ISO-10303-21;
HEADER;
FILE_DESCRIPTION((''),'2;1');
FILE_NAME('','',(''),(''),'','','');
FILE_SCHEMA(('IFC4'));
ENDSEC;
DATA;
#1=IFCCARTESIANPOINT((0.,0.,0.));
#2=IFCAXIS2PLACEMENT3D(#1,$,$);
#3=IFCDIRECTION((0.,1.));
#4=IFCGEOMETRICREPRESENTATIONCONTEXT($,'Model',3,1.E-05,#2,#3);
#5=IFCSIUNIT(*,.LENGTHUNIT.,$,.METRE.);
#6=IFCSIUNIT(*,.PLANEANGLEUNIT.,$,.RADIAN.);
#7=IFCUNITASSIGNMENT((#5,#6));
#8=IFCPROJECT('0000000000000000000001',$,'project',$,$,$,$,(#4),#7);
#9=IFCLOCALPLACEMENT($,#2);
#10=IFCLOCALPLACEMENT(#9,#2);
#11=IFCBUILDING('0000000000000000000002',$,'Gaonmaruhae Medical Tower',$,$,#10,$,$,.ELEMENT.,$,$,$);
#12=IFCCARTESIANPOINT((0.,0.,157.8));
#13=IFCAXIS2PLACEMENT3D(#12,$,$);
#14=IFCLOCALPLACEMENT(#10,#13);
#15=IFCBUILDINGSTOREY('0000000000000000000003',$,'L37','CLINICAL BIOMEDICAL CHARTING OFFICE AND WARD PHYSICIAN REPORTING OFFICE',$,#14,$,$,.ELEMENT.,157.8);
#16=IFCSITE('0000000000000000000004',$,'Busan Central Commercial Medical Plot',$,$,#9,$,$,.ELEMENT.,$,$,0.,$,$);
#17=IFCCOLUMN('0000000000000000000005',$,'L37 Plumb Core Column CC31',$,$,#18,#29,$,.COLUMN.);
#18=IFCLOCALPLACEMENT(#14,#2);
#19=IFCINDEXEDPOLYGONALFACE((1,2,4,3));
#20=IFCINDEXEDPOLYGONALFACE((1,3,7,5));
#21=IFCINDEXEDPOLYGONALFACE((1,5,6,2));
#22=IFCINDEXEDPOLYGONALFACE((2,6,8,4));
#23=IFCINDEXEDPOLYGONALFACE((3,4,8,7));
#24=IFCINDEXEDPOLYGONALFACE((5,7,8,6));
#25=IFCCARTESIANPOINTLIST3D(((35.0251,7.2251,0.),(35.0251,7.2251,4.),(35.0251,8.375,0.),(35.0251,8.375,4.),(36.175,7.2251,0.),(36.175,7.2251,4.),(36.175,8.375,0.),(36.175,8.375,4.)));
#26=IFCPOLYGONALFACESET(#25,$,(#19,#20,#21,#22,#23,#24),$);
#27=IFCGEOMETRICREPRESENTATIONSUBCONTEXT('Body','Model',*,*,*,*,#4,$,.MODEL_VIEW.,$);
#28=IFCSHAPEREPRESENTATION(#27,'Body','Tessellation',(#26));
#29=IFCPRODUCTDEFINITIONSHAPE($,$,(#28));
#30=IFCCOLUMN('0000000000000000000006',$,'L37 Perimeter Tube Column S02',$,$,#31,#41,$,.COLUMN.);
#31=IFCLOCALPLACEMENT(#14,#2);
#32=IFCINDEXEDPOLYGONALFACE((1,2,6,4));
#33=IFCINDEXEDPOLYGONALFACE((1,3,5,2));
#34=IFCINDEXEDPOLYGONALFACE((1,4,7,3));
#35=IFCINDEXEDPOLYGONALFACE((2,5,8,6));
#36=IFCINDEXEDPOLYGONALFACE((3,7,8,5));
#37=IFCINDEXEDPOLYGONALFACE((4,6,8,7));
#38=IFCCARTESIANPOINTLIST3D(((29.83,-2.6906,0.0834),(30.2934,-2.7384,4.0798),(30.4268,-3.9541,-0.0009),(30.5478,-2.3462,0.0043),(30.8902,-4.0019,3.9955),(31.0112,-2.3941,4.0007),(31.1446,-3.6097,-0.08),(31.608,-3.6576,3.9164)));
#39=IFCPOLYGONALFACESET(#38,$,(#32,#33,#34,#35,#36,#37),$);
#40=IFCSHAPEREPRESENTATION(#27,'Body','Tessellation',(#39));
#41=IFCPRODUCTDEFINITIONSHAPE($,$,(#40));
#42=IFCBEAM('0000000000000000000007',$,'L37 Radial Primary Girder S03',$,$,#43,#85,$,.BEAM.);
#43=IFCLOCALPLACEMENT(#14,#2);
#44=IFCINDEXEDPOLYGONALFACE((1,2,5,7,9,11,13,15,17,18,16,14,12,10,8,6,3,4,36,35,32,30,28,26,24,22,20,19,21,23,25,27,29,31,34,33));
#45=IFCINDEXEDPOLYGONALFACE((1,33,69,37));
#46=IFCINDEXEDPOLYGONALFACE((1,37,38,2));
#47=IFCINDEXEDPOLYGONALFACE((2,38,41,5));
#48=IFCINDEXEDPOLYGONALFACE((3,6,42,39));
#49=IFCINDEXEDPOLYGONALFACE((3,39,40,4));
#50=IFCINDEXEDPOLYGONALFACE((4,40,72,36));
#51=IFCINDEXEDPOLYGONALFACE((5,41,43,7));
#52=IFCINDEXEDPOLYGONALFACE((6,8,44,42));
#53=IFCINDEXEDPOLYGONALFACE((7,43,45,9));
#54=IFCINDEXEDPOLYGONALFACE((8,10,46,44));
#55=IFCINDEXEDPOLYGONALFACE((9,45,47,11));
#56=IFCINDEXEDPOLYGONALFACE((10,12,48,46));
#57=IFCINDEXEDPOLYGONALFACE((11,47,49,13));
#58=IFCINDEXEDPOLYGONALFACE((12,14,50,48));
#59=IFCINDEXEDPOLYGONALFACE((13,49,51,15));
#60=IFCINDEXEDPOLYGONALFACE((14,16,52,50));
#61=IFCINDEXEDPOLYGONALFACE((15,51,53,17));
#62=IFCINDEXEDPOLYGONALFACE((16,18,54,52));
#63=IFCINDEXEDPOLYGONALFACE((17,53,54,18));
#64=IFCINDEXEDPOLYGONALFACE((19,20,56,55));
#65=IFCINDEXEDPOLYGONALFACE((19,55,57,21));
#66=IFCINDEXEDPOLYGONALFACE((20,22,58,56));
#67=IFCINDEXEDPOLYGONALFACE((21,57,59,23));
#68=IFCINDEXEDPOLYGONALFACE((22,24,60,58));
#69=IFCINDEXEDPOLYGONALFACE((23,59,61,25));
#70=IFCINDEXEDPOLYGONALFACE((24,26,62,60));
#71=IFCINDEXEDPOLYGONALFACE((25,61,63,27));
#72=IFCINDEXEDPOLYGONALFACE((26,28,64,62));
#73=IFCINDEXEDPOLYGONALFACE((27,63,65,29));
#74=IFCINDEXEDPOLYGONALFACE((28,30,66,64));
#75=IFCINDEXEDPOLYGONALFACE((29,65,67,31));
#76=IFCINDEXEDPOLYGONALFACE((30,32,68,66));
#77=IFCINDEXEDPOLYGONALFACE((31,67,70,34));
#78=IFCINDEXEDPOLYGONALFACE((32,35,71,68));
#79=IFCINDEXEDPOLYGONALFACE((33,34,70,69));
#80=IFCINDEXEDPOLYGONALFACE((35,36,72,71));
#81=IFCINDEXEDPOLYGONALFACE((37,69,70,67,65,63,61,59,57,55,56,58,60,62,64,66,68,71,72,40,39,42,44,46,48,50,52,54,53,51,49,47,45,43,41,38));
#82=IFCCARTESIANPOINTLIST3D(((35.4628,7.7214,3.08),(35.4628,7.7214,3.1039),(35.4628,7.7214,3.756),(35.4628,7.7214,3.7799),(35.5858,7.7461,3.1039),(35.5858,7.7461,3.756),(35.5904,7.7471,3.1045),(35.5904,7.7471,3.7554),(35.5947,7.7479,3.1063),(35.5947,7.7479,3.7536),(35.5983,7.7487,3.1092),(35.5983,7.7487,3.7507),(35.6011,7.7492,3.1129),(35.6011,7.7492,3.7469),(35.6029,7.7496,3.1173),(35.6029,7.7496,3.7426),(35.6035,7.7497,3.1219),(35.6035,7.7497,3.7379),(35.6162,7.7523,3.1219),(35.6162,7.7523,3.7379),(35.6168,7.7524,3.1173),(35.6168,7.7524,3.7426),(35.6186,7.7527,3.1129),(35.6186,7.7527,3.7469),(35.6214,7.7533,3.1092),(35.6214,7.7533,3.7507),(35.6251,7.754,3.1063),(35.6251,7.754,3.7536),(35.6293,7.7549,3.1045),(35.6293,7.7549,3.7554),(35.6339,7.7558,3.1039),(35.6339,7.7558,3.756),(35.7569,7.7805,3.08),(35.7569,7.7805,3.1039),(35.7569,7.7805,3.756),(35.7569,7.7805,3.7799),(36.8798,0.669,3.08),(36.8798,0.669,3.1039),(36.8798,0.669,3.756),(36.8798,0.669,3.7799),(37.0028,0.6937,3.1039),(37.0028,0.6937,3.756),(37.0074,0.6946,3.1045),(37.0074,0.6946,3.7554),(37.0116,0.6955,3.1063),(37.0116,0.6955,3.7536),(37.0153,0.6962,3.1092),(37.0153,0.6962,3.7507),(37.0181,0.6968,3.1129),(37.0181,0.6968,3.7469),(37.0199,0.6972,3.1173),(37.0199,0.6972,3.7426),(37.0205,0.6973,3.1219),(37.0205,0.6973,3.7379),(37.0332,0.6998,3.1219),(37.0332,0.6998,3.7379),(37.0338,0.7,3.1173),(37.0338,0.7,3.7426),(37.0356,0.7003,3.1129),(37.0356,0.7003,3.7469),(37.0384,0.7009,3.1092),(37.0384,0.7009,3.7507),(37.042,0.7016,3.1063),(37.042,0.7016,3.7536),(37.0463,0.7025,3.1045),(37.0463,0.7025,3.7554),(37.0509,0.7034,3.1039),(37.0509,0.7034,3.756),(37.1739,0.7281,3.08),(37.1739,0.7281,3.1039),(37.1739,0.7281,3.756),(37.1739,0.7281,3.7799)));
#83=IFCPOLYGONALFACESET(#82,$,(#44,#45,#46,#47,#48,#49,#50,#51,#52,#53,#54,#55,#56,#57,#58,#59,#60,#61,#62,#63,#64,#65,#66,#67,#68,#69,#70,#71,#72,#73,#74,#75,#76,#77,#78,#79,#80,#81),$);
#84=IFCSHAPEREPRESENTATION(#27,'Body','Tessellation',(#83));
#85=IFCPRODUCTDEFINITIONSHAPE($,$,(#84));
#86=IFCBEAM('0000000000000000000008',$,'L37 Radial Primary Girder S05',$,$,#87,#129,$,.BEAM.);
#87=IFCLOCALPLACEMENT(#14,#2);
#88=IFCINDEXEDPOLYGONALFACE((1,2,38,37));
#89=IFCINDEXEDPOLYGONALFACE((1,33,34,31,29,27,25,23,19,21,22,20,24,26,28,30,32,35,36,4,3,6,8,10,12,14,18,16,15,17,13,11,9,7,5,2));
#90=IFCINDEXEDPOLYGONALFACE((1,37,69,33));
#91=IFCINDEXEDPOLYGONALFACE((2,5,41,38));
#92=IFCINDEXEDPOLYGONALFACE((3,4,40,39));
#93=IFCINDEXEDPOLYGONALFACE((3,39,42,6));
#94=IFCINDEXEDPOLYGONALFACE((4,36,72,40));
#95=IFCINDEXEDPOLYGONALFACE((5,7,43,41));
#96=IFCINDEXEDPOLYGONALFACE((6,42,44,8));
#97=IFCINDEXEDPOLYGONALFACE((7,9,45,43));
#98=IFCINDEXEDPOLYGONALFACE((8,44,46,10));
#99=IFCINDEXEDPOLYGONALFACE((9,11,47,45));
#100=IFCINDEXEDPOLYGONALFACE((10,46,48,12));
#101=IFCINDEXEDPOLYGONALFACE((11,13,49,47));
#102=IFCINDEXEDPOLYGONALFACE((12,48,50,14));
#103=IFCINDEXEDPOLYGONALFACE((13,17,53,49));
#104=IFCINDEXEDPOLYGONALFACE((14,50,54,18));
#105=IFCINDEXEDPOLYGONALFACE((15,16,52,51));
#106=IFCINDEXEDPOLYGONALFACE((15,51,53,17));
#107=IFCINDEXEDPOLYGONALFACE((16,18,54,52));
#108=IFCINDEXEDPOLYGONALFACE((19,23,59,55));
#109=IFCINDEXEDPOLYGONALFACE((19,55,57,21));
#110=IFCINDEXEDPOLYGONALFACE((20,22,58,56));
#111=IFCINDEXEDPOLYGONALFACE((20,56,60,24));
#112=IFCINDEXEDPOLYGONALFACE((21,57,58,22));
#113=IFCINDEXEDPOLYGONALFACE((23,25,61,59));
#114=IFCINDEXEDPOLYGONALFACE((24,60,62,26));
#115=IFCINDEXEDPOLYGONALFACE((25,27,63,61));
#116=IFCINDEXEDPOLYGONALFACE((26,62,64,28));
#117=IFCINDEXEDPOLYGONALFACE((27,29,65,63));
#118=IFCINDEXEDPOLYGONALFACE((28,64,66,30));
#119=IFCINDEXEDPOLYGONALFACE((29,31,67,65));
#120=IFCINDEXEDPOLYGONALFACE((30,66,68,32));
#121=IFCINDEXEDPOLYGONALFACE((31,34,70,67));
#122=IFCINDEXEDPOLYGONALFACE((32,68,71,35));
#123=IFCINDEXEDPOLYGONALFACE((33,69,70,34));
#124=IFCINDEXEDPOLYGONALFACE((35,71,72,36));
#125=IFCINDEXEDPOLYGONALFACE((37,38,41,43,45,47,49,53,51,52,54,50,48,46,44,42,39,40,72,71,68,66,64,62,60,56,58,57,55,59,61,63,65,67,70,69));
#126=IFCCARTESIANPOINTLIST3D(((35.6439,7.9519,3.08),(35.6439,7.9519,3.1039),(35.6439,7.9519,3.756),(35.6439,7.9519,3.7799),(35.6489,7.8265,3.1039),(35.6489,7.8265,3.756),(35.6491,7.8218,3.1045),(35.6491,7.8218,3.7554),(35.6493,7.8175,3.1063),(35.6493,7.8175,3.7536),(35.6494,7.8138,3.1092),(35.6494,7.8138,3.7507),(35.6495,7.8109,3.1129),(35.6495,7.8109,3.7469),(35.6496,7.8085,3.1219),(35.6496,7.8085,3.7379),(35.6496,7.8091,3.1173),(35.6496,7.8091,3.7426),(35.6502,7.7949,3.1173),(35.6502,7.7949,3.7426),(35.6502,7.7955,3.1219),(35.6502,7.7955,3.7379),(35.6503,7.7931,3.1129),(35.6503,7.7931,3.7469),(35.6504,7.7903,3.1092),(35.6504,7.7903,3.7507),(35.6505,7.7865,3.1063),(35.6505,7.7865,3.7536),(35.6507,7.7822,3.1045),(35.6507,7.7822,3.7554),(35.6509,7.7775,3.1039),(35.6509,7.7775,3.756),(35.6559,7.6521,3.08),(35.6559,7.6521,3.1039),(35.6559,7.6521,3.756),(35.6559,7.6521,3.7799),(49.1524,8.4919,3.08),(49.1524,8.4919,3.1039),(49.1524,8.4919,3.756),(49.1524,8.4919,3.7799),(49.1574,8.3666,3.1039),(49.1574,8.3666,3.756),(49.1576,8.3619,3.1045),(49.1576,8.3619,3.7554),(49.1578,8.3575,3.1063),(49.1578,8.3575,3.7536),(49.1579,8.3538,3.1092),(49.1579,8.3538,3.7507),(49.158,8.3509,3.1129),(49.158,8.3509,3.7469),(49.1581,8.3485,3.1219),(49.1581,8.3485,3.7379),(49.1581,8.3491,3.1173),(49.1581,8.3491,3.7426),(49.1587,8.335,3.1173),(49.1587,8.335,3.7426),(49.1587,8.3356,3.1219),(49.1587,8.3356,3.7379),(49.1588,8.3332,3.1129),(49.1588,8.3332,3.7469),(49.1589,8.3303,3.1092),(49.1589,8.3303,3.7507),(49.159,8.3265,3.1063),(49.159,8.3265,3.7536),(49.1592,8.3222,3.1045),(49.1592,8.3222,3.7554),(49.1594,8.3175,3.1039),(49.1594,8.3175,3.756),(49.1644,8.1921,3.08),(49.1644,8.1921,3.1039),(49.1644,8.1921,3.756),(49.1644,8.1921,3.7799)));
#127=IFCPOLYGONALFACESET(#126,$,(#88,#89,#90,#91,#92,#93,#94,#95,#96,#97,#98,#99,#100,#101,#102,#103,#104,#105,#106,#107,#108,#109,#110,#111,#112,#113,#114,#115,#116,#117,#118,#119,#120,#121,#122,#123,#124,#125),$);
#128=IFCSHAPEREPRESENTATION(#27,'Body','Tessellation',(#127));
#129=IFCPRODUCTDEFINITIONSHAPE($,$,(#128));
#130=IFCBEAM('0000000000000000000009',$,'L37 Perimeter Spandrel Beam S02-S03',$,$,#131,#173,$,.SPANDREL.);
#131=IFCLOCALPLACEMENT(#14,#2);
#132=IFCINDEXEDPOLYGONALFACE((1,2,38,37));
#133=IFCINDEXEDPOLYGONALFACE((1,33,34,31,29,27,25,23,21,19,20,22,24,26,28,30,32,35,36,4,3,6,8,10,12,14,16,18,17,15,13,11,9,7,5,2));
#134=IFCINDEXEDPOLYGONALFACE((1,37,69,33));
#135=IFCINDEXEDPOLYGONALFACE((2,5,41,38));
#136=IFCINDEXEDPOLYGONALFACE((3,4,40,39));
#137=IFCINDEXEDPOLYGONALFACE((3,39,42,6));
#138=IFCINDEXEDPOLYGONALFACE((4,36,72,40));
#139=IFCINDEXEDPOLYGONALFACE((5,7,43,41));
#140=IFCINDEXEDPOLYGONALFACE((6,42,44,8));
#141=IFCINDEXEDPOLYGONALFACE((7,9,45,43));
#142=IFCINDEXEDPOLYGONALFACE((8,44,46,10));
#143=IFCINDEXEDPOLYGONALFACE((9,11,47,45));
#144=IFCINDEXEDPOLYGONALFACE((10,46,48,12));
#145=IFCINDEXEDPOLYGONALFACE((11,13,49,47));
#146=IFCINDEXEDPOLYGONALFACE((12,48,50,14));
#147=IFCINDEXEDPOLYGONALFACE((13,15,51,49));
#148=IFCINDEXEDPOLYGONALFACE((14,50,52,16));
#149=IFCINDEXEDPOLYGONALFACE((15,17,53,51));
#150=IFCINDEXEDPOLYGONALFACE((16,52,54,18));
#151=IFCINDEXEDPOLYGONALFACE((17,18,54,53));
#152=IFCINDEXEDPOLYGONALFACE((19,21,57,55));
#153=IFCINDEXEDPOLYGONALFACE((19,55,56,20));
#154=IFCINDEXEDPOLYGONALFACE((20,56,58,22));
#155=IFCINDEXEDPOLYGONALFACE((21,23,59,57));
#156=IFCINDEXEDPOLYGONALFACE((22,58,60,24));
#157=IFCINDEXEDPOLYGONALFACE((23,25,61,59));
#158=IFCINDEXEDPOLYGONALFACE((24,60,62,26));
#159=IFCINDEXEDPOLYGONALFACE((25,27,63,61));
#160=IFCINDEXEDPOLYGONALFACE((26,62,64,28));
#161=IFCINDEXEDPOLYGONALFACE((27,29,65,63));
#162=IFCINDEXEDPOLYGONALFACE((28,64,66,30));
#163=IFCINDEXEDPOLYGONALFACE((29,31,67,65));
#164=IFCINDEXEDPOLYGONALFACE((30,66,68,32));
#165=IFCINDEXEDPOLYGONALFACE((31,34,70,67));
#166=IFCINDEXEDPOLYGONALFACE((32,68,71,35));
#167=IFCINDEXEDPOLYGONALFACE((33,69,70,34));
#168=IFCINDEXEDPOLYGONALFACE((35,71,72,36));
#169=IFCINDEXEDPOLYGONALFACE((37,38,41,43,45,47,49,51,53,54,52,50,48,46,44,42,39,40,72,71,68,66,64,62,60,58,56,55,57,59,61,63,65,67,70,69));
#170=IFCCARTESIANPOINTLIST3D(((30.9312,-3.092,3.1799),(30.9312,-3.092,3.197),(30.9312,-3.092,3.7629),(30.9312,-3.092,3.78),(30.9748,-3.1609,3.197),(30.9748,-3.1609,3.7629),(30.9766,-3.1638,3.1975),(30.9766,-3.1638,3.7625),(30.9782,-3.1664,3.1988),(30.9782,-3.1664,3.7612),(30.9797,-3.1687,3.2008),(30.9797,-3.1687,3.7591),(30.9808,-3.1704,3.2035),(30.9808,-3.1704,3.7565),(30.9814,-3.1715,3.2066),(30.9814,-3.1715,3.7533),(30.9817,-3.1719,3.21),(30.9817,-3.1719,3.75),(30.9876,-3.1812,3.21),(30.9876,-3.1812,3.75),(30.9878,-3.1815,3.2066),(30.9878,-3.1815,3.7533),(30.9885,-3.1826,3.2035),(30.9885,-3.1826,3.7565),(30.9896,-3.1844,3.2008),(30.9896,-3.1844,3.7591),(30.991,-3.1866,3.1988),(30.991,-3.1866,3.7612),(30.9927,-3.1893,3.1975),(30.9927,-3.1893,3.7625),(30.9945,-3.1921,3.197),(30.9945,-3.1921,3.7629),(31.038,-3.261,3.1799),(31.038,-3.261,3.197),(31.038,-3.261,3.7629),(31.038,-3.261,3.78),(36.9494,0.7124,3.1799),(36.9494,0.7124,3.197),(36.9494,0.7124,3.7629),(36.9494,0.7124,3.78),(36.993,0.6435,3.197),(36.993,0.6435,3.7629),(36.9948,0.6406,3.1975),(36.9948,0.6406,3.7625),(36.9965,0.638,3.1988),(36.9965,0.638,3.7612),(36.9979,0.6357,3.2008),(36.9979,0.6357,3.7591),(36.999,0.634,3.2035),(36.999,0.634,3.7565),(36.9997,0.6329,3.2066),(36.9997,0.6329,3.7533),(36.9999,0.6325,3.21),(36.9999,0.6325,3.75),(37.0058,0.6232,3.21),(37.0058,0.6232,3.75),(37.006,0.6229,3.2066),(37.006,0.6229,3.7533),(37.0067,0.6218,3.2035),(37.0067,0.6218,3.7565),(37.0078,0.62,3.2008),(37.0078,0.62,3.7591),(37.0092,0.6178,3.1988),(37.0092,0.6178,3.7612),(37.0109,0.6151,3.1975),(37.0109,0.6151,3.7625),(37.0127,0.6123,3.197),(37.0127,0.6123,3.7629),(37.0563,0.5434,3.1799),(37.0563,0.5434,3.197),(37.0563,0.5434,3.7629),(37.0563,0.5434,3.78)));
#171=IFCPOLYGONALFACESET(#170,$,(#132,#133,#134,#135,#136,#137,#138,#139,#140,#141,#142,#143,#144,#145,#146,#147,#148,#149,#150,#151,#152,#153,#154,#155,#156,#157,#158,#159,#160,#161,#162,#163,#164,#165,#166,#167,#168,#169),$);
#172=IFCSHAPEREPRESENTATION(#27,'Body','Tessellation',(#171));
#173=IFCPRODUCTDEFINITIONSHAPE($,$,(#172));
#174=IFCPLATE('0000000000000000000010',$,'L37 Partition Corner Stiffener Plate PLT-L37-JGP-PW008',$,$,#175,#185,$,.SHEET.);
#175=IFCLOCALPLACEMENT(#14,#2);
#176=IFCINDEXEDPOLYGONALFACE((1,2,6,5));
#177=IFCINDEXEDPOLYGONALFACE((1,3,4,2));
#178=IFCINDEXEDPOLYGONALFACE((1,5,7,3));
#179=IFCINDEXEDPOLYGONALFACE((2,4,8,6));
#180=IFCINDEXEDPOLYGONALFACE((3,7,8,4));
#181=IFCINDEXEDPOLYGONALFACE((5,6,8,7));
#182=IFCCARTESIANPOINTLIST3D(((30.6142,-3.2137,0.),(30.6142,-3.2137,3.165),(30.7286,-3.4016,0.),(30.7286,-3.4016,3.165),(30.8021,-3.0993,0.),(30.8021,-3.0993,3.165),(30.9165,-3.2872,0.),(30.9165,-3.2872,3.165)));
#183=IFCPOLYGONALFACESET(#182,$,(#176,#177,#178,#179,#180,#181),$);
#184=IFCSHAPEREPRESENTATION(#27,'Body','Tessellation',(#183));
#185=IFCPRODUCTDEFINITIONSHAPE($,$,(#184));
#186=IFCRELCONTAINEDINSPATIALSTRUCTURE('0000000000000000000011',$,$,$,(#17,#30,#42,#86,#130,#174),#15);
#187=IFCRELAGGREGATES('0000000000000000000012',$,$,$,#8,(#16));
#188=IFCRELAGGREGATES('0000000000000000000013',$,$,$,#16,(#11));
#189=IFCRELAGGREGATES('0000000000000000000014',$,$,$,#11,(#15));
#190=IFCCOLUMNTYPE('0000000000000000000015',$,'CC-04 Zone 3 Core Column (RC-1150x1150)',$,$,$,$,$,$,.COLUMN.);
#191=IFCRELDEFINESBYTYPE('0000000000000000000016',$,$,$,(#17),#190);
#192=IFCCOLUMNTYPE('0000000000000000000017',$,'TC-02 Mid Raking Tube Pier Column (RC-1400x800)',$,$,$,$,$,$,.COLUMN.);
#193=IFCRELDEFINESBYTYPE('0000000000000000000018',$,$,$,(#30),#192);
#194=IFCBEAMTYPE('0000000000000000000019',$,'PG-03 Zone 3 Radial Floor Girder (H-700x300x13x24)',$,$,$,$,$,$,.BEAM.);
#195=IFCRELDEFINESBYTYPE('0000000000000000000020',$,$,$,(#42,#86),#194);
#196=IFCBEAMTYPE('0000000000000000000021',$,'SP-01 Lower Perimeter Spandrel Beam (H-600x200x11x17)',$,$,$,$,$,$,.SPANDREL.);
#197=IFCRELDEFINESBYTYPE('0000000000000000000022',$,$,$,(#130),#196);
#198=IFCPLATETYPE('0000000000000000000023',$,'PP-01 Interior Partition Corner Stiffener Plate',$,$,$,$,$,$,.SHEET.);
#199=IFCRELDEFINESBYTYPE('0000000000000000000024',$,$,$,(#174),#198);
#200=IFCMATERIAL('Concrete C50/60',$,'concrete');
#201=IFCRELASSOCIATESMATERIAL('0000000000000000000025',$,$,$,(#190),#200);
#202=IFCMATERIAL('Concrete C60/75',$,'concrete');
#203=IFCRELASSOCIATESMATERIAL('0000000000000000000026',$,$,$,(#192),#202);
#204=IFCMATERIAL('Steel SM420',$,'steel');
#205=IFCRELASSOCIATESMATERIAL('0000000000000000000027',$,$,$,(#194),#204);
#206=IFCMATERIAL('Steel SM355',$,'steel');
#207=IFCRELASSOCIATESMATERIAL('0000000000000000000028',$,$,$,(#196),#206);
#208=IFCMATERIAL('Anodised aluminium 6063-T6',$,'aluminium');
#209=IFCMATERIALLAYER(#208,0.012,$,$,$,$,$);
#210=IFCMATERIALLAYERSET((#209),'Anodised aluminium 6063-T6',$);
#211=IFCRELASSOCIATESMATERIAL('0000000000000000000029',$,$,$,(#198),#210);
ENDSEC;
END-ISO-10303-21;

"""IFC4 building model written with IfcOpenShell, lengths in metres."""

from ifc_helpers import new_model, si_unit, direction, frame, origin, origin_2d, place, context, subcontext, project, spatial, rectangle, i_section, extrude, material, layer, layer_set, material_profile, profile_set, type_object, element, save


model = new_model("IFC4")

# Units and contexts
model_context = context("Model", 3, precision=1e-05, world=origin(), true_north=direction((0.0, 1.0)))
body_context = subcontext(model_context, "Body", "Model", "MODEL_VIEW")
ifc_project = project(units=[si_unit("LENGTHUNIT", "METRE"), si_unit("PLANEANGLEUNIT", "RADIAN")], contexts=[model_context])

# Site, building, storey
site_placement = place(None, origin())
site = spatial("IfcSite", under=ifc_project, at=site_placement, Name="Busan Central Commercial Medical Plot", CompositionType="ELEMENT", RefElevation=0.0)
building_placement = place(site_placement, origin())
building = spatial("IfcBuilding", under=site, at=building_placement, Name="Gaonmaruhae Medical Tower", CompositionType="ELEMENT")
storey_placement = place(building_placement, frame((0.0, 0.0, 157.8)))
storey = spatial("IfcBuildingStorey", under=building, at=storey_placement, Name="L37", Description="CLINICAL BIOMEDICAL CHARTING OFFICE AND WARD PHYSICIAN REPORTING OFFICE", CompositionType="ELEMENT", Elevation=157.8)

# Columns
ifc_material_1 = material(Name="Concrete C50/60", Category="concrete")
ifc_material_profile_1 = material_profile(ifc_material_1, rectangle(XDim=1.1499, YDim=1.1499, at=origin_2d()), Name="RC-1150x1150")
ifc_profile_set_1 = profile_set([ifc_material_profile_1], Name="Concrete C50/60")
column_type_1 = type_object("IfcColumnType", Name="CC-04 Zone 3 Core Column (RC-1150x1150)", PredefinedType="COLUMN", material=ifc_profile_set_1)
column_1_placement = place(storey_placement, frame((35.6001, 7.8, 0.0), z_axis=(0.0, 0.0, 1.0), x_axis=(1.0, 0.0, 0.0)))
element("IfcColumn", 1, at=column_1_placement, inside=storey, type_object=column_type_1, Name="L37 Plumb Core Column CC31", PredefinedType="COLUMN", context=body_context, shape_type="SweptSolid", body=[
    extrude(rectangle(XDim=1.1499, YDim=1.1499, at=origin_2d()), origin(), (0.0, 0.0, 1.0), 4.0),
])
ifc_material_2 = material(Name="Concrete C60/75", Category="concrete")
ifc_material_profile_2 = material_profile(ifc_material_2, rectangle(XDim=1.3999, YDim=0.8, at=origin_2d()), Name="RC-1400x800")
ifc_profile_set_2 = profile_set([ifc_material_profile_2], Name="Concrete C60/75")
column_type_2 = type_object("IfcColumnType", Name="TC-02 Mid Raking Tube Pier Column (RC-1400x800)", PredefinedType="COLUMN", material=ifc_profile_set_2)
column_2_placement = place(storey_placement, frame((30.4873, -3.1501, 0.0017), z_axis=(0.115171, -0.011893, 0.993274), x_axis=(-0.426308, 0.90257, 0.060238)))
element("IfcColumn", 2, at=column_2_placement, inside=storey, type_object=column_type_2, Name="L37 Perimeter Tube Column S02", PredefinedType="COLUMN", context=body_context, shape_type="SweptSolid", body=[
    extrude(rectangle(XDim=1.3999, YDim=0.8, at=origin_2d()), origin(), (0.0, 0.0, 1.0), 4.0234),
])

# Beams
ifc_material_3 = material(Name="Steel SM420", Category="steel")
ifc_material_profile_3 = material_profile(ifc_material_3, i_section(OverallWidth=0.3, OverallDepth=0.7, WebThickness=0.0129, FlangeThickness=0.0239, FilletRadius=0.0181, at=origin_2d()), Name="H-700x300x13x24")
ifc_profile_set_3 = profile_set([ifc_material_profile_3], Name="Steel SM420")
beam_type_1 = type_object("IfcBeamType", Name="PG-03 Zone 3 Radial Floor Girder (H-700x300x13x24)", PredefinedType="BEAM", material=ifc_profile_set_3)
beam_1_placement = place(storey_placement, frame((35.6099, 7.751, 3.4299), z_axis=(0.196984, -0.980407, 0.0), x_axis=(0.980407, 0.196984, 0.0)))
element("IfcBeam", 3, at=beam_1_placement, inside=storey, type_object=beam_type_1, Name="L37 Radial Primary Girder S03", PredefinedType="BEAM", context=body_context, shape_type="SweptSolid", body=[
    extrude(i_section(OverallWidth=0.3, OverallDepth=0.7, WebThickness=0.0129, FlangeThickness=0.0239, FilletRadius=0.0181, at=origin_2d()), origin(), (0.0, 0.0, 1.0), 7.1934),
])
beam_2_placement = place(storey_placement, frame((35.6499, 7.802, 3.4299), z_axis=(0.999202, 0.039946, 0.0), x_axis=(-0.039946, 0.999202, 0.0)))
element("IfcBeam", 4, at=beam_2_placement, inside=storey, type_object=beam_type_1, Name="L37 Radial Primary Girder S05", PredefinedType="BEAM", context=body_context, shape_type="SweptSolid", body=[
    extrude(i_section(OverallWidth=0.3, OverallDepth=0.7, WebThickness=0.0129, FlangeThickness=0.0239, FilletRadius=0.0181, at=origin_2d()), origin(), (0.0, 0.0, 1.0), 13.5193),
])
ifc_material_4 = material(Name="Steel SM355", Category="steel")
ifc_material_profile_4 = material_profile(ifc_material_4, i_section(OverallWidth=0.2, OverallDepth=0.6001, WebThickness=0.011, FlangeThickness=0.0171, FilletRadius=0.0129, at=origin_2d()), Name="H-600x200x11x17")
ifc_profile_set_4 = profile_set([ifc_material_profile_4], Name="Steel SM355")
beam_type_2 = type_object("IfcBeamType", Name="SP-01 Lower Perimeter Spandrel Beam (H-600x200x11x17)", PredefinedType="SPANDREL", material=ifc_profile_set_4)
beam_3_placement = place(storey_placement, frame((30.9846, -3.1765, 3.48), z_axis=(0.845273, 0.534335, 0.0), x_axis=(-0.534335, 0.845273, 0.0)))
element("IfcBeam", 5, at=beam_3_placement, inside=storey, type_object=beam_type_2, Name="L37 Perimeter Spandrel Beam S02-S03", PredefinedType="SPANDREL", context=body_context, shape_type="SweptSolid", body=[
    extrude(i_section(OverallWidth=0.2, OverallDepth=0.6001, WebThickness=0.011, FlangeThickness=0.0171, FilletRadius=0.0129, at=origin_2d()), origin(), (0.0, 0.0, 1.0), 7.1199),
])

# Plate
ifc_material_5 = material(Name="Anodised aluminium 6063-T6", Category="aluminium")
ifc_layer_1 = layer(ifc_material_5, 0.012)
ifc_layer_set_1 = layer_set([ifc_layer_1], Name="Anodised aluminium 6063-T6")
plate_type = type_object("IfcPlateType", Name="PP-01 Interior Partition Corner Stiffener Plate", PredefinedType="SHEET", material=ifc_layer_set_1)
plate_1_placement = place(storey_placement, frame((30.7654, -3.2505, 0.0), z_axis=(0.0, 0.0, 1.0), x_axis=(-0.854141, -0.520041, 0.0)))
element("IfcPlate", 6, at=plate_1_placement, inside=storey, type_object=plate_type, Name="L37 Partition Corner Stiffener Plate PLT-L37-JGP-PW008", PredefinedType="SHEET", context=body_context, shape_type="SweptSolid", body=[
    extrude(rectangle(XDim=0.22, YDim=0.22, at=origin_2d()), origin(), (0.0, 0.0, 1.0), 3.165),
])

save(model, "model.ifc")
